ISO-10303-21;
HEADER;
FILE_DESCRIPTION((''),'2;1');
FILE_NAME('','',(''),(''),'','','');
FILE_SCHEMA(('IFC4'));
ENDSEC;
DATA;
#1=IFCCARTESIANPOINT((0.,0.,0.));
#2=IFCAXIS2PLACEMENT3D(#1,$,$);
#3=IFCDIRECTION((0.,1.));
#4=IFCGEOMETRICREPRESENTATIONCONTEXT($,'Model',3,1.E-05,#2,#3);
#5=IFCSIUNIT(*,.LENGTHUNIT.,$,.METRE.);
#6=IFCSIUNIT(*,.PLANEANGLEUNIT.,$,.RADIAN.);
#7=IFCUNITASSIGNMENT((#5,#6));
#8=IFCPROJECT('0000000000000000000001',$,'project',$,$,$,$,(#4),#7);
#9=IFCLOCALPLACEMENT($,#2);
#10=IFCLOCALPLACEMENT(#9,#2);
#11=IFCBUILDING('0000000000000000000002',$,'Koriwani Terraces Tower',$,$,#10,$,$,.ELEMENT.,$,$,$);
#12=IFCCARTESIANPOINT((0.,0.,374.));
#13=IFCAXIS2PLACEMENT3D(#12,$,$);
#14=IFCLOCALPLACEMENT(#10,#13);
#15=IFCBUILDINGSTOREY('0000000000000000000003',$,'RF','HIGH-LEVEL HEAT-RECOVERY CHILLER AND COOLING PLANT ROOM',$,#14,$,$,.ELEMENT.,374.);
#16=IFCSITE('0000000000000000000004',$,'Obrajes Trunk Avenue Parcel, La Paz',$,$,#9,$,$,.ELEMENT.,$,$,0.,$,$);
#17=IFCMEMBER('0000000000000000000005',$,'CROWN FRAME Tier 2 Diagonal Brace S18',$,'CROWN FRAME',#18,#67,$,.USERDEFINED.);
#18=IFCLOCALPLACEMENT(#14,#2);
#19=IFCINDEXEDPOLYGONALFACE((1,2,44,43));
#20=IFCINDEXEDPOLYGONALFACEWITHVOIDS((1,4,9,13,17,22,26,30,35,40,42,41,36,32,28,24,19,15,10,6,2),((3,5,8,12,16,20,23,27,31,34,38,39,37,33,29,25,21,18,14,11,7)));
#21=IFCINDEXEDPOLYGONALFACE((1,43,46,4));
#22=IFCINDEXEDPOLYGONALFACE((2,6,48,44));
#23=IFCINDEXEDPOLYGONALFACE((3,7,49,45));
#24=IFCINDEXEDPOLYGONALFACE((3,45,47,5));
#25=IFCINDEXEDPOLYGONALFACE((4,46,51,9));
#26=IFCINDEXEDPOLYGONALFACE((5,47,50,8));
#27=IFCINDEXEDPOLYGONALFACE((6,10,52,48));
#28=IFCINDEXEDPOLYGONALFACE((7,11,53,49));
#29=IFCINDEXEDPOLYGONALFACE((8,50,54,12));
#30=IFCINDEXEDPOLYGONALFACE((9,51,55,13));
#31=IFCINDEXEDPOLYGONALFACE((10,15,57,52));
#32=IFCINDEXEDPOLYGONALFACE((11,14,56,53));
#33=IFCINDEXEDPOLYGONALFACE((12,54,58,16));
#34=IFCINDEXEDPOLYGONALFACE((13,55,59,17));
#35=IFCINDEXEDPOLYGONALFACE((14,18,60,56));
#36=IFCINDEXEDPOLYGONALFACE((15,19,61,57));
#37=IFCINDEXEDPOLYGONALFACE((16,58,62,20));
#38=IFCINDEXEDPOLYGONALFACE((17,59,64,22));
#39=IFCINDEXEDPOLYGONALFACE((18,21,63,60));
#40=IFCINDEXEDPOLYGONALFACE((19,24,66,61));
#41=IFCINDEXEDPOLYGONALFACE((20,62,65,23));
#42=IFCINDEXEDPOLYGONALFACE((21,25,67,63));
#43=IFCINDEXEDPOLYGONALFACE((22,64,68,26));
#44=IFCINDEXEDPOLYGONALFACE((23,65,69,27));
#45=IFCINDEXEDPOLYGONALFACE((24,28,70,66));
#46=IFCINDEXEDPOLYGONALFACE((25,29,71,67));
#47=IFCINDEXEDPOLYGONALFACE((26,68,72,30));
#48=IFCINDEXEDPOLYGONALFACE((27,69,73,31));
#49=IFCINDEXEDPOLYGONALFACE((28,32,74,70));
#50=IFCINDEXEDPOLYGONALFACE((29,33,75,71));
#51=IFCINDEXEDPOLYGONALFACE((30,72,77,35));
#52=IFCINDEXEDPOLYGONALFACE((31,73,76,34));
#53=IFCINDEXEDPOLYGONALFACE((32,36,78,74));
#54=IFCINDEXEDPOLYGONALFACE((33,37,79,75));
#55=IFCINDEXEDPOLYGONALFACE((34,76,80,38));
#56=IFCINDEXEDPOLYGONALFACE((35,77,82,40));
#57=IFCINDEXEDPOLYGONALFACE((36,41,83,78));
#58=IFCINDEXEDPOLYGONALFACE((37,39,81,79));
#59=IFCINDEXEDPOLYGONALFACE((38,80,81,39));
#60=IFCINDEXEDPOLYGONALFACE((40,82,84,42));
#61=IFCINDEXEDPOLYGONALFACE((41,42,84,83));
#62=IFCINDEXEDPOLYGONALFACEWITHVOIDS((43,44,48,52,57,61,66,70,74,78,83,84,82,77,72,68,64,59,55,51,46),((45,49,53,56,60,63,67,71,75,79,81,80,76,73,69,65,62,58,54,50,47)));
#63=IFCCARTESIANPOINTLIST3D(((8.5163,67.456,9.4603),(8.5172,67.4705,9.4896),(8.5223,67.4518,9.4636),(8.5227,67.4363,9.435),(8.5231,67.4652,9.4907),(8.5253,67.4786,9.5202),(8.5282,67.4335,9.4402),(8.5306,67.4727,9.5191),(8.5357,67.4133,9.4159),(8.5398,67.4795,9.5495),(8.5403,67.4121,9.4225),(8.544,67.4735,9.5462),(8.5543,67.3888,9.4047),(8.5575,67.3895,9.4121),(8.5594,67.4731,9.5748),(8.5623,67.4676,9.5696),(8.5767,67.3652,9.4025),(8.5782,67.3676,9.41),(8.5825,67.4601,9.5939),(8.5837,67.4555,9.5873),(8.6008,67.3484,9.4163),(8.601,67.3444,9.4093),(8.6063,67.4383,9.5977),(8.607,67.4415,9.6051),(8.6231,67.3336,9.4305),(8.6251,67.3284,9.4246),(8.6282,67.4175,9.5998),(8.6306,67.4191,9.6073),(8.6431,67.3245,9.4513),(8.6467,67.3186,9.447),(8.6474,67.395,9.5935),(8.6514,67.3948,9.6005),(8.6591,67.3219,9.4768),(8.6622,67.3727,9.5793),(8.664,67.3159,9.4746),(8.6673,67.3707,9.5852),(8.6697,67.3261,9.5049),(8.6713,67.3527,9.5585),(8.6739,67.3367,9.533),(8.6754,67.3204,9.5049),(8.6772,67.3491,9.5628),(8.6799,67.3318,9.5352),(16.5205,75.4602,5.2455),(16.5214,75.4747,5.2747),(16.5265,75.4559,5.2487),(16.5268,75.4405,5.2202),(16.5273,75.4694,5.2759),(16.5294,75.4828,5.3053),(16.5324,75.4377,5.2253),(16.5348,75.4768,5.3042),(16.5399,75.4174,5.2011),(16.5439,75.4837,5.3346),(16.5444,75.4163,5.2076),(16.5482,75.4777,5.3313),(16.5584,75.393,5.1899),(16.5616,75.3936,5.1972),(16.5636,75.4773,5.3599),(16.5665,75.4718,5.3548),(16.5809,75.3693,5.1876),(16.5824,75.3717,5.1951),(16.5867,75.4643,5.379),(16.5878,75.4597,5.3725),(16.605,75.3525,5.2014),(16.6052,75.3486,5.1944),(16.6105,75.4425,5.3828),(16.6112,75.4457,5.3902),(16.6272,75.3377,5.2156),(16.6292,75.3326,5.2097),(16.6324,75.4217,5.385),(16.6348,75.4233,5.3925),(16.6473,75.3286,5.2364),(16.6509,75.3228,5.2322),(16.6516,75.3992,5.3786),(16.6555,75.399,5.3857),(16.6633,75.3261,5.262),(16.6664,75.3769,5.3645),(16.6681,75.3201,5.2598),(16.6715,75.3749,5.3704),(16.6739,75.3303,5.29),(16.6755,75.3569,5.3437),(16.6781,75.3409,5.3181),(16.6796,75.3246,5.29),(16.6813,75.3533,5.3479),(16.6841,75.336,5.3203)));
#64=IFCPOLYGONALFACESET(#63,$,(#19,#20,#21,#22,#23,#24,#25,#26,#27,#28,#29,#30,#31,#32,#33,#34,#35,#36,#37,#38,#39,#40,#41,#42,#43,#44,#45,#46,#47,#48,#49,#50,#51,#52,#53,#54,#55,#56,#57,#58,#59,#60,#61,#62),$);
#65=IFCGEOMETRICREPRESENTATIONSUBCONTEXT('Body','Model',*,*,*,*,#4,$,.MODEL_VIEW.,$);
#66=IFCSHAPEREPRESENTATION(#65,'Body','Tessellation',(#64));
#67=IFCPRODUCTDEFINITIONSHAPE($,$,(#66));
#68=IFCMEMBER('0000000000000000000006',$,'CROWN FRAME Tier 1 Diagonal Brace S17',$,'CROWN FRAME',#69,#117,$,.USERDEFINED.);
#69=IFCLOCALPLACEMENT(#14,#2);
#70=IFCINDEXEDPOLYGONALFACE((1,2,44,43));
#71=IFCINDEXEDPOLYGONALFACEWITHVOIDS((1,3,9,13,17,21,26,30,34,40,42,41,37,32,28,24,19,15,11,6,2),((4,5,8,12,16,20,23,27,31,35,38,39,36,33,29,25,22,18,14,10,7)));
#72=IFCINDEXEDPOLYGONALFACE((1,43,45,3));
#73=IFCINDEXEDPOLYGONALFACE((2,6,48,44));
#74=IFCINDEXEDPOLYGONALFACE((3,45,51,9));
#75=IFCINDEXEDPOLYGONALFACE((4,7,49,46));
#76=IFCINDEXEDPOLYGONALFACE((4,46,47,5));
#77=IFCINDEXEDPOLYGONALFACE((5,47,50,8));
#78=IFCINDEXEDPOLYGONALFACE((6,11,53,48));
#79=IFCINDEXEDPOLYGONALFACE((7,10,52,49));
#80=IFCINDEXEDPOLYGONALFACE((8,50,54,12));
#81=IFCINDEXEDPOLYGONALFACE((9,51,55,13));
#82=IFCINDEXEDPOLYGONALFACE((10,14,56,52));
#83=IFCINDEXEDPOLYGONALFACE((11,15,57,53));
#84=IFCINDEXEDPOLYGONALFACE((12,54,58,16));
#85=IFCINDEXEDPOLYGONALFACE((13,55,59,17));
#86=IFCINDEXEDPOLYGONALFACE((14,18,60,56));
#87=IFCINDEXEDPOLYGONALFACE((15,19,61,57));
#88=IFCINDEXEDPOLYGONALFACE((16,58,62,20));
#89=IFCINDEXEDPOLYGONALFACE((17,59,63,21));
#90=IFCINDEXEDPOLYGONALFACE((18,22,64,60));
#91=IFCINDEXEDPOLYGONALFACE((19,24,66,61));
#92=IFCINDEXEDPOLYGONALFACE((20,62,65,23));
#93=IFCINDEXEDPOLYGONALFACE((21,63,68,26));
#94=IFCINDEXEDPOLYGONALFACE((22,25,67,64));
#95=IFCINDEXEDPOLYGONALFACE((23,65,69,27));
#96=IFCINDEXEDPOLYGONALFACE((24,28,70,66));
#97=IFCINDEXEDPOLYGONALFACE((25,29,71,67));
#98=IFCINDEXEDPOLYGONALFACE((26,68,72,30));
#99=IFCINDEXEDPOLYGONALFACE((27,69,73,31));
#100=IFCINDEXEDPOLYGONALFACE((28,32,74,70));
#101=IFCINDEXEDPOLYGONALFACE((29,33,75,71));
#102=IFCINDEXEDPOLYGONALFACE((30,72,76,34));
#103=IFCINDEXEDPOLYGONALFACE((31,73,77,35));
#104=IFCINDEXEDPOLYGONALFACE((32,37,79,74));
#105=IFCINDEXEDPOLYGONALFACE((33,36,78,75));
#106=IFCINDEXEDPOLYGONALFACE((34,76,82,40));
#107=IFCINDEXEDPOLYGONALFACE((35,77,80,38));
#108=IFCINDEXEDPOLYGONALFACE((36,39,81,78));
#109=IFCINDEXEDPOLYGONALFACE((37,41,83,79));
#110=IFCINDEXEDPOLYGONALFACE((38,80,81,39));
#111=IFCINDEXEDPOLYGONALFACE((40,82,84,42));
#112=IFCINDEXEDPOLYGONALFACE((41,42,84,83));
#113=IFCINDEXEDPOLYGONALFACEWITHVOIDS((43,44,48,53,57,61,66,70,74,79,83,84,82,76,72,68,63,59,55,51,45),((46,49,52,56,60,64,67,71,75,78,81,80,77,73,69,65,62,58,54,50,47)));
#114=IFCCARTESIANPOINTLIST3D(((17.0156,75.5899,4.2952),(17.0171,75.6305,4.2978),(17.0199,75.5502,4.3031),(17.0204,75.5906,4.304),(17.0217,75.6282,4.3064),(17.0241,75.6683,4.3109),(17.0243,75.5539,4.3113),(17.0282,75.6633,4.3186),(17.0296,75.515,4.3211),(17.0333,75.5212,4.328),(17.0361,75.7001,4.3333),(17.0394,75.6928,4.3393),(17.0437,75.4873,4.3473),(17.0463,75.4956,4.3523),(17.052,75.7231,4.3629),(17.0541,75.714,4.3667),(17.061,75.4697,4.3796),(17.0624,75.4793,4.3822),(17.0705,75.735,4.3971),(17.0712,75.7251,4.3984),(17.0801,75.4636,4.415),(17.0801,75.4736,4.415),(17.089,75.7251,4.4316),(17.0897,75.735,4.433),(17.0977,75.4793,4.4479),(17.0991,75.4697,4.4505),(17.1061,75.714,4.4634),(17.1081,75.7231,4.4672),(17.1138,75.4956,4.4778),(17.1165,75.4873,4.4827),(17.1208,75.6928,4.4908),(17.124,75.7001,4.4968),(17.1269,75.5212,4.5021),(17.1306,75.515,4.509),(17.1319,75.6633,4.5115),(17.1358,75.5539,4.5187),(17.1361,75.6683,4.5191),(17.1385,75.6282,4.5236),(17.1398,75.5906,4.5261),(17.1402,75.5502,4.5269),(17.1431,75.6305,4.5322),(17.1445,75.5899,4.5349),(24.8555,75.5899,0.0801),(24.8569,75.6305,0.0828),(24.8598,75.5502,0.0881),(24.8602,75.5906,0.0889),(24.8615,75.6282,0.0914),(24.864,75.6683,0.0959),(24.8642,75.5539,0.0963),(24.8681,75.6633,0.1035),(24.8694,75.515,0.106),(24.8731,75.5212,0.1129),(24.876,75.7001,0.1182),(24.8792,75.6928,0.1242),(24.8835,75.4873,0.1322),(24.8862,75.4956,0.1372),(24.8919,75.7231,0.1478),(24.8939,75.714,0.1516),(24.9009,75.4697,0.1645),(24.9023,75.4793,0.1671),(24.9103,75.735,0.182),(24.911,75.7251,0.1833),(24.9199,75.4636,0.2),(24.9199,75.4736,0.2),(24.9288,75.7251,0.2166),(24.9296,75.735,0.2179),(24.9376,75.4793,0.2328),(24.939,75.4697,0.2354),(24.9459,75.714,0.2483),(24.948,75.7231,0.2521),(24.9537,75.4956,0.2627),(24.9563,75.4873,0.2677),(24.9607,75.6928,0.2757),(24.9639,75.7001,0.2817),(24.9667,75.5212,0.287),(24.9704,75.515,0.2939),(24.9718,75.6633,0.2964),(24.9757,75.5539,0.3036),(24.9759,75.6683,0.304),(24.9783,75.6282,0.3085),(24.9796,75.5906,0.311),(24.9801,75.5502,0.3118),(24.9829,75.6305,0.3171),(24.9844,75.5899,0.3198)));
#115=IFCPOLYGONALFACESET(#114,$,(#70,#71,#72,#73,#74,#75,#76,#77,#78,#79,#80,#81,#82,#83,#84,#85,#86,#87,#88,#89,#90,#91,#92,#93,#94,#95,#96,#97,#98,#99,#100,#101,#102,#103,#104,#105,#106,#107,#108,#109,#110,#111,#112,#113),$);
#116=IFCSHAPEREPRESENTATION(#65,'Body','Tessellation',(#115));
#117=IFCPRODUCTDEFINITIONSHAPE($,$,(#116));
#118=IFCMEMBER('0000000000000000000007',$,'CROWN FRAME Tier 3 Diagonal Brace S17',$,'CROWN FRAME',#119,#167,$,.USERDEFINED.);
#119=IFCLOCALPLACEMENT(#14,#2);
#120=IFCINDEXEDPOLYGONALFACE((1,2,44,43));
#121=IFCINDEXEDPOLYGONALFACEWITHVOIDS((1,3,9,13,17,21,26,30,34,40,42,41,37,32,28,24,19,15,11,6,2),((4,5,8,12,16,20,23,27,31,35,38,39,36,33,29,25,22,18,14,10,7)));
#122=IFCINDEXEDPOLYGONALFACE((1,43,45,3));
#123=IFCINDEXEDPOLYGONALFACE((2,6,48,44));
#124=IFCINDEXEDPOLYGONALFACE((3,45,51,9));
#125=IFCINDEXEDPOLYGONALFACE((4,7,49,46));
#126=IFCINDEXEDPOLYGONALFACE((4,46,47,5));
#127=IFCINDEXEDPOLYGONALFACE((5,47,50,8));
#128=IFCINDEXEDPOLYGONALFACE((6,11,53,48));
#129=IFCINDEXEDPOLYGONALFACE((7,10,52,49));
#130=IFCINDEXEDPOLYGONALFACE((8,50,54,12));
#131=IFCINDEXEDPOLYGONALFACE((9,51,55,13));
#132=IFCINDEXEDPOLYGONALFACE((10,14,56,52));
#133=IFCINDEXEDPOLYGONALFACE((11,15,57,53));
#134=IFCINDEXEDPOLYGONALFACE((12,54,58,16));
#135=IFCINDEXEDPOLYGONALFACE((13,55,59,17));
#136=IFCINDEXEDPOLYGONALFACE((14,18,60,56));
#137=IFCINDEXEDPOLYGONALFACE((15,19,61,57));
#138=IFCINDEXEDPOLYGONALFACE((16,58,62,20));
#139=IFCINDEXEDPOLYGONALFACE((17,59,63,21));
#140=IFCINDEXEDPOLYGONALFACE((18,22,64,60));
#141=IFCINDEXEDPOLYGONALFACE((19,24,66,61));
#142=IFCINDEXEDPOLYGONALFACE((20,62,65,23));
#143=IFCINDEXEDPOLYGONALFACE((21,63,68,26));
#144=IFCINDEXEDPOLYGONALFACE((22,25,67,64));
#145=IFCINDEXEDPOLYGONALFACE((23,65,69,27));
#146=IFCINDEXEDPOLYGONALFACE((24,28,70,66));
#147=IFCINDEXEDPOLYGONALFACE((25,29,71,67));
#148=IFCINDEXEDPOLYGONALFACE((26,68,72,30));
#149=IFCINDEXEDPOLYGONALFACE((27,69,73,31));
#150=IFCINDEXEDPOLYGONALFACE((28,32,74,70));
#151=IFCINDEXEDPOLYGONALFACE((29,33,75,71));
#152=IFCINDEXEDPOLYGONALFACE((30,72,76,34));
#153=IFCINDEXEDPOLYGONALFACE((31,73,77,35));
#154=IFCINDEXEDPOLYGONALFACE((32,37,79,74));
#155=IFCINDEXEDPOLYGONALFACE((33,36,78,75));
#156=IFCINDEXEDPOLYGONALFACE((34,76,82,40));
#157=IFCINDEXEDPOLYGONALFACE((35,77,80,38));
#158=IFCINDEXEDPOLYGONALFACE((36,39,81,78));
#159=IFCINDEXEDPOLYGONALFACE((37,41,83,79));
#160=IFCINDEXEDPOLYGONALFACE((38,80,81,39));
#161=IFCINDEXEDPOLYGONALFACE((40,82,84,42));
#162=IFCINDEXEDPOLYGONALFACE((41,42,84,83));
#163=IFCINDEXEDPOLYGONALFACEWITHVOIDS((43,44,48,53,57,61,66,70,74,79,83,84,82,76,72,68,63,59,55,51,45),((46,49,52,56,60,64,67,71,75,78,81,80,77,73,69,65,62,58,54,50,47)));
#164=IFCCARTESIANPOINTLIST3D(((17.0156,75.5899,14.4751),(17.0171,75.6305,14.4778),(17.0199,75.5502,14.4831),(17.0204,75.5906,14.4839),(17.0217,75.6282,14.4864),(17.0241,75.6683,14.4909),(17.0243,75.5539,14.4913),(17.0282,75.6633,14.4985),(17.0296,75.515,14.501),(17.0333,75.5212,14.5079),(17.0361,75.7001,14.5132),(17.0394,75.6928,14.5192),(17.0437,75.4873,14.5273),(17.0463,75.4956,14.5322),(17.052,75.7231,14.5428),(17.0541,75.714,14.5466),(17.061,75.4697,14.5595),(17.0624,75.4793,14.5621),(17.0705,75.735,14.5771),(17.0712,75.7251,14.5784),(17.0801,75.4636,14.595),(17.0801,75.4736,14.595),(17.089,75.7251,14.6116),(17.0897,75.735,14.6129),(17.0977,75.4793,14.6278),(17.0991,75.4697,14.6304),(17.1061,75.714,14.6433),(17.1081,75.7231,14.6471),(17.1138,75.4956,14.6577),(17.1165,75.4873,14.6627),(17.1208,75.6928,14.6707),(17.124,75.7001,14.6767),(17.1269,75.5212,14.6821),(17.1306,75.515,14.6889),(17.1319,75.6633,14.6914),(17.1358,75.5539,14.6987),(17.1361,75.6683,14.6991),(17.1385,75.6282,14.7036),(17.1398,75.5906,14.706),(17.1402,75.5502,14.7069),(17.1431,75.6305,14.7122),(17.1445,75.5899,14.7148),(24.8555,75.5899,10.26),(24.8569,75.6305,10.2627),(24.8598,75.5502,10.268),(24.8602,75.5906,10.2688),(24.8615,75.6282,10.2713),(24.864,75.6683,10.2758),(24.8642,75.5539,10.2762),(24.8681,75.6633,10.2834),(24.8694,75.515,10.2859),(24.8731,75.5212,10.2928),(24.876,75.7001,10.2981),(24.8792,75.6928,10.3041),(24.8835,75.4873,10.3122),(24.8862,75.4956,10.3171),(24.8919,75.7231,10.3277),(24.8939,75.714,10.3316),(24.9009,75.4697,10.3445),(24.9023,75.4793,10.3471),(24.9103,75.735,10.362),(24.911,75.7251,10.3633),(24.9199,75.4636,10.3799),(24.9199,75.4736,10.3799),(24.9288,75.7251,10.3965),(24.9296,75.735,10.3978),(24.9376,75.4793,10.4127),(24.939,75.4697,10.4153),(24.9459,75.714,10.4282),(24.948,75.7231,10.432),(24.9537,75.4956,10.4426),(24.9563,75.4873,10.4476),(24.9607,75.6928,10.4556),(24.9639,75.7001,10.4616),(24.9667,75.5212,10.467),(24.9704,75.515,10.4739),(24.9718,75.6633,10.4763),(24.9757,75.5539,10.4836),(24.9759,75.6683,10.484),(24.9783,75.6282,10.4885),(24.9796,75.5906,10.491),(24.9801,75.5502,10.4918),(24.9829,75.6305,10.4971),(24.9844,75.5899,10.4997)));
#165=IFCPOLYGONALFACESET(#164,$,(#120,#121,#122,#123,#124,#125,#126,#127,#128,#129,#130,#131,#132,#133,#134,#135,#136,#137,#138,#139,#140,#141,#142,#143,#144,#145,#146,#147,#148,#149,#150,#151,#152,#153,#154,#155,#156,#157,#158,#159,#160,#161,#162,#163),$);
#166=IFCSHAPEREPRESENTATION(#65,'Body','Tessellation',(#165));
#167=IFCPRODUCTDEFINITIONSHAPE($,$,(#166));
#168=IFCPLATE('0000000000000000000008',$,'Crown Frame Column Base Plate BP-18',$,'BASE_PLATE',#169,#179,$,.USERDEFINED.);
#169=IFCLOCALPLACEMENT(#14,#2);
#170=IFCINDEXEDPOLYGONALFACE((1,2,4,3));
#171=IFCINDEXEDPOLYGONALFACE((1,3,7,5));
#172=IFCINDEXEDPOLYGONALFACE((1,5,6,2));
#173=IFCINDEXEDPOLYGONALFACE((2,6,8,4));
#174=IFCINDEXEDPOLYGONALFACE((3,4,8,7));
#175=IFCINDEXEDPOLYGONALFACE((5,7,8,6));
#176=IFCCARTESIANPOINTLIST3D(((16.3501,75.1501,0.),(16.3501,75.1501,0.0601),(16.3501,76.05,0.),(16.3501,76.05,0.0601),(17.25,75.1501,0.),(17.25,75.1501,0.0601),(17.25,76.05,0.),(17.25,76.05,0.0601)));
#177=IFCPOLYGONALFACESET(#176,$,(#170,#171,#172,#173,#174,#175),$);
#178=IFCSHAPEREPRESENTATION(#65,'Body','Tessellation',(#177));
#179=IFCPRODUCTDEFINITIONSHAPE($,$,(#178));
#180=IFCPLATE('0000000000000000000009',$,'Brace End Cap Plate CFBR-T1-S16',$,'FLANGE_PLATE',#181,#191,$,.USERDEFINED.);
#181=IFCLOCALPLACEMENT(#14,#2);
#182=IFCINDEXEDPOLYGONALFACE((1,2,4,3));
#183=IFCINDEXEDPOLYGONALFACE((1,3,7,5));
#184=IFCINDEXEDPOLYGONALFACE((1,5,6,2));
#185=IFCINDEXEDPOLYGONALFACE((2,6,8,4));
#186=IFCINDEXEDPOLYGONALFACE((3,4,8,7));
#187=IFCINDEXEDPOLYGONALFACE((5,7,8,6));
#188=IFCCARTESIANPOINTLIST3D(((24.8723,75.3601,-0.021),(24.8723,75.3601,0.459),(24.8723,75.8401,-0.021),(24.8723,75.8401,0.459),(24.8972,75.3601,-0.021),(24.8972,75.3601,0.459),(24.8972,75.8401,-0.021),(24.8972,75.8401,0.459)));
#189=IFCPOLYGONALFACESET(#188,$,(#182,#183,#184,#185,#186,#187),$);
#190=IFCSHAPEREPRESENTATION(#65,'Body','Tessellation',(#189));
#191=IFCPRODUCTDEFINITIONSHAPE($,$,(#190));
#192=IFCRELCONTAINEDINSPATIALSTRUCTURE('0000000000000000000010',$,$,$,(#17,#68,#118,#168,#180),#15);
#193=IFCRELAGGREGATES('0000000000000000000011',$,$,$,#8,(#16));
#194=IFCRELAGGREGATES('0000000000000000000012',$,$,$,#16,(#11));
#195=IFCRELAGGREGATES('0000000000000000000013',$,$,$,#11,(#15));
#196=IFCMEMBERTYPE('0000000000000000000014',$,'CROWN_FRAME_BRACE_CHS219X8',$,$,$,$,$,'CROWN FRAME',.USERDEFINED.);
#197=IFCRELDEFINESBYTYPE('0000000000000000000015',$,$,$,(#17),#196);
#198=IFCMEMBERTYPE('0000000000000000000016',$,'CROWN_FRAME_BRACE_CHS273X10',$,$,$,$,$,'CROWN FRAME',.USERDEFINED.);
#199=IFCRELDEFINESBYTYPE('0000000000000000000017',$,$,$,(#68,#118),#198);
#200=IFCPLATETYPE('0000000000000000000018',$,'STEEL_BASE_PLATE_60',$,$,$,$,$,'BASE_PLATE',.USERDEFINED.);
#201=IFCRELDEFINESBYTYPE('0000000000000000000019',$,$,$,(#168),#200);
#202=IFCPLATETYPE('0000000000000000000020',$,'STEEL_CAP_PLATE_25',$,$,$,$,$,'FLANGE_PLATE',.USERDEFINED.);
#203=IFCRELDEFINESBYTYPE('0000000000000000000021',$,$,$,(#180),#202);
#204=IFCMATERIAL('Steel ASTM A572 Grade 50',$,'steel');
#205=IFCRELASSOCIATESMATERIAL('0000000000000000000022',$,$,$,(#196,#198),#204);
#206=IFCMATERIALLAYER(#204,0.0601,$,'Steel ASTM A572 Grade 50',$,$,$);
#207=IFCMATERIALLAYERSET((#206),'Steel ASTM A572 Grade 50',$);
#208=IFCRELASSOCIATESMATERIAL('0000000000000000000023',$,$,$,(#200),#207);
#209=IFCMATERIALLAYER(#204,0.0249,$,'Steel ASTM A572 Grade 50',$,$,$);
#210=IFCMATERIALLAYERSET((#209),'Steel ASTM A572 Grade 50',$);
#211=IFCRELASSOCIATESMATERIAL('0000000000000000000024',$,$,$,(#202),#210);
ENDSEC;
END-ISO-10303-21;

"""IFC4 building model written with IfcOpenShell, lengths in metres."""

from ifc_helpers import new_model, si_unit, direction, frame, origin, origin_2d, place, context, subcontext, project, spatial, rectangle, hollow_circle, extrude, material, layer, layer_set, material_profile, profile_set, type_object, element, save


model = new_model("IFC4")

# Units and contexts
model_context = context("Model", 3, precision=1e-05, world=origin(), true_north=direction((0.0, 1.0)))
body_context = subcontext(model_context, "Body", "Model", "MODEL_VIEW")
ifc_project = project(units=[si_unit("LENGTHUNIT", "METRE"), si_unit("PLANEANGLEUNIT", "RADIAN")], contexts=[model_context])

# Site, building, storey
site_placement = place(None, origin())
site = spatial("IfcSite", under=ifc_project, at=site_placement, Name="Obrajes Trunk Avenue Parcel, La Paz", CompositionType="ELEMENT", RefElevation=0.0)
building_placement = place(site_placement, origin())
building = spatial("IfcBuilding", under=site, at=building_placement, Name="Koriwani Terraces Tower", CompositionType="ELEMENT")
storey_placement = place(building_placement, frame((0.0, 0.0, 374.0)))
storey = spatial("IfcBuildingStorey", under=building, at=storey_placement, Name="RF", Description="HIGH-LEVEL HEAT-RECOVERY CHILLER AND COOLING PLANT ROOM", CompositionType="ELEMENT", Elevation=374.0)

# Shared definitions
ifc_material_1 = material(Name="Steel ASTM A572 Grade 50", Category="steel")

# Members
ifc_material_profile_1 = material_profile(ifc_material_1, hollow_circle(Radius=0.1096, WallThickness=0.0081, at=origin_2d()), Name="Steel ASTM A572 Grade 50", Category="LoadBearing")
ifc_profile_set_1 = profile_set([ifc_material_profile_1], Name="Steel ASTM A572 Grade 50")
member_type_1 = type_object("IfcMemberType", Name="CROWN_FRAME_BRACE_CHS219X8", ElementType="CROWN FRAME", PredefinedType="USERDEFINED", material=ifc_profile_set_1)
member_placement = place(storey_placement, frame((16.6021, 75.4021, 5.29), z_axis=(-0.66266, -0.66266, 0.348945), x_axis=(0.707107, -0.707107, 0.0)))
element("IfcMember", 1, at=member_placement, inside=storey, type_object=member_type_1, Name="CROWN FRAME Tier 2 Diagonal Brace S18", ObjectType="CROWN FRAME", PredefinedType="USERDEFINED", context=body_context, shape_type="SweptSolid", body=[
    extrude(hollow_circle(Radius=0.1096, WallThickness=0.0081, at=origin_2d()), origin(), (0.0, 0.0, 1.0), 12.0789),
])
ifc_material_profile_2 = material_profile(ifc_material_1, hollow_circle(Radius=0.1365, WallThickness=0.01, at=origin_2d()), Name="Steel ASTM A572 Grade 50", Category="LoadBearing")
ifc_profile_set_2 = profile_set([ifc_material_profile_2], Name="Steel ASTM A572 Grade 50")
member_type_2 = type_object("IfcMemberType", Name="CROWN_FRAME_BRACE_CHS273X10", ElementType="CROWN FRAME", PredefinedType="USERDEFINED", material=ifc_profile_set_2)
for number, where, z_axis, x_axis, name in (
    (2, (24.9199, 75.6001, 0.2), (-0.880769, 0.0, 0.473545), (0.0, -1.0, 0.0), "CROWN FRAME Tier 1 Diagonal Brace S17"),
    (3, (24.9199, 75.6001, 10.3799), (-0.880769, 0.0, 0.473545), (0.0, -1.0, 0.0), "CROWN FRAME Tier 3 Diagonal Brace S17"),
):
    element("IfcMember", number, at=place(storey_placement, frame(where, z_axis=z_axis, x_axis=x_axis)), inside=storey, type_object=member_type_2, Name=name, ObjectType="CROWN FRAME", PredefinedType="USERDEFINED", context=body_context, shape_type="SweptSolid", body=[
        extrude(hollow_circle(Radius=0.1365, WallThickness=0.01, at=origin_2d()), origin(), (0.0, 0.0, 1.0), 8.9011),
    ])

# Plates
ifc_layer_1 = layer(ifc_material_1, 0.0601, Name="Steel ASTM A572 Grade 50")
ifc_layer_set_1 = layer_set([ifc_layer_1], Name="Steel ASTM A572 Grade 50")
plate_type_1 = type_object("IfcPlateType", Name="STEEL_BASE_PLATE_60", ElementType="BASE_PLATE", PredefinedType="USERDEFINED", material=ifc_layer_set_1)
plate_placement = place(storey_placement, frame((16.8, 75.6001, 0.0), z_axis=(0.0, 0.0, 1.0), x_axis=(1.0, 0.0, 0.0)))
element("IfcPlate", 4, at=plate_placement, inside=storey, type_object=plate_type_1, Name="Crown Frame Column Base Plate BP-18", ObjectType="BASE_PLATE", PredefinedType="USERDEFINED", context=body_context, shape_type="SweptSolid", body=[
    extrude(rectangle(XDim=0.8999, YDim=0.8999, at=origin_2d()), origin(), (0.0, 0.0, 1.0), 0.0601),
])
ifc_layer_2 = layer(ifc_material_1, 0.0249, Name="Steel ASTM A572 Grade 50")
ifc_layer_set_2 = layer_set([ifc_layer_2], Name="Steel ASTM A572 Grade 50")
plate_type_2 = type_object("IfcPlateType", Name="STEEL_CAP_PLATE_25", ElementType="FLANGE_PLATE", PredefinedType="USERDEFINED", material=ifc_layer_set_2)
for number, where, z_axis, x_axis, name in (
    (5, (24.8848, 75.6001, -0.021), (0.0, 0.0, 1.0), (-1.0, 0.0, 0.0), "Brace End Cap Plate CFBR-T1-S16"),
):
    element("IfcPlate", number, at=place(storey_placement, frame(where, z_axis=z_axis, x_axis=x_axis)), inside=storey, type_object=plate_type_2, Name=name, ObjectType="FLANGE_PLATE", PredefinedType="USERDEFINED", context=body_context, shape_type="SweptSolid", body=[
        extrude(rectangle(XDim=0.0249, YDim=0.48, at=origin_2d()), origin(), (0.0, 0.0, 1.0), 0.48),
    ])

save(model, "model.ifc")
